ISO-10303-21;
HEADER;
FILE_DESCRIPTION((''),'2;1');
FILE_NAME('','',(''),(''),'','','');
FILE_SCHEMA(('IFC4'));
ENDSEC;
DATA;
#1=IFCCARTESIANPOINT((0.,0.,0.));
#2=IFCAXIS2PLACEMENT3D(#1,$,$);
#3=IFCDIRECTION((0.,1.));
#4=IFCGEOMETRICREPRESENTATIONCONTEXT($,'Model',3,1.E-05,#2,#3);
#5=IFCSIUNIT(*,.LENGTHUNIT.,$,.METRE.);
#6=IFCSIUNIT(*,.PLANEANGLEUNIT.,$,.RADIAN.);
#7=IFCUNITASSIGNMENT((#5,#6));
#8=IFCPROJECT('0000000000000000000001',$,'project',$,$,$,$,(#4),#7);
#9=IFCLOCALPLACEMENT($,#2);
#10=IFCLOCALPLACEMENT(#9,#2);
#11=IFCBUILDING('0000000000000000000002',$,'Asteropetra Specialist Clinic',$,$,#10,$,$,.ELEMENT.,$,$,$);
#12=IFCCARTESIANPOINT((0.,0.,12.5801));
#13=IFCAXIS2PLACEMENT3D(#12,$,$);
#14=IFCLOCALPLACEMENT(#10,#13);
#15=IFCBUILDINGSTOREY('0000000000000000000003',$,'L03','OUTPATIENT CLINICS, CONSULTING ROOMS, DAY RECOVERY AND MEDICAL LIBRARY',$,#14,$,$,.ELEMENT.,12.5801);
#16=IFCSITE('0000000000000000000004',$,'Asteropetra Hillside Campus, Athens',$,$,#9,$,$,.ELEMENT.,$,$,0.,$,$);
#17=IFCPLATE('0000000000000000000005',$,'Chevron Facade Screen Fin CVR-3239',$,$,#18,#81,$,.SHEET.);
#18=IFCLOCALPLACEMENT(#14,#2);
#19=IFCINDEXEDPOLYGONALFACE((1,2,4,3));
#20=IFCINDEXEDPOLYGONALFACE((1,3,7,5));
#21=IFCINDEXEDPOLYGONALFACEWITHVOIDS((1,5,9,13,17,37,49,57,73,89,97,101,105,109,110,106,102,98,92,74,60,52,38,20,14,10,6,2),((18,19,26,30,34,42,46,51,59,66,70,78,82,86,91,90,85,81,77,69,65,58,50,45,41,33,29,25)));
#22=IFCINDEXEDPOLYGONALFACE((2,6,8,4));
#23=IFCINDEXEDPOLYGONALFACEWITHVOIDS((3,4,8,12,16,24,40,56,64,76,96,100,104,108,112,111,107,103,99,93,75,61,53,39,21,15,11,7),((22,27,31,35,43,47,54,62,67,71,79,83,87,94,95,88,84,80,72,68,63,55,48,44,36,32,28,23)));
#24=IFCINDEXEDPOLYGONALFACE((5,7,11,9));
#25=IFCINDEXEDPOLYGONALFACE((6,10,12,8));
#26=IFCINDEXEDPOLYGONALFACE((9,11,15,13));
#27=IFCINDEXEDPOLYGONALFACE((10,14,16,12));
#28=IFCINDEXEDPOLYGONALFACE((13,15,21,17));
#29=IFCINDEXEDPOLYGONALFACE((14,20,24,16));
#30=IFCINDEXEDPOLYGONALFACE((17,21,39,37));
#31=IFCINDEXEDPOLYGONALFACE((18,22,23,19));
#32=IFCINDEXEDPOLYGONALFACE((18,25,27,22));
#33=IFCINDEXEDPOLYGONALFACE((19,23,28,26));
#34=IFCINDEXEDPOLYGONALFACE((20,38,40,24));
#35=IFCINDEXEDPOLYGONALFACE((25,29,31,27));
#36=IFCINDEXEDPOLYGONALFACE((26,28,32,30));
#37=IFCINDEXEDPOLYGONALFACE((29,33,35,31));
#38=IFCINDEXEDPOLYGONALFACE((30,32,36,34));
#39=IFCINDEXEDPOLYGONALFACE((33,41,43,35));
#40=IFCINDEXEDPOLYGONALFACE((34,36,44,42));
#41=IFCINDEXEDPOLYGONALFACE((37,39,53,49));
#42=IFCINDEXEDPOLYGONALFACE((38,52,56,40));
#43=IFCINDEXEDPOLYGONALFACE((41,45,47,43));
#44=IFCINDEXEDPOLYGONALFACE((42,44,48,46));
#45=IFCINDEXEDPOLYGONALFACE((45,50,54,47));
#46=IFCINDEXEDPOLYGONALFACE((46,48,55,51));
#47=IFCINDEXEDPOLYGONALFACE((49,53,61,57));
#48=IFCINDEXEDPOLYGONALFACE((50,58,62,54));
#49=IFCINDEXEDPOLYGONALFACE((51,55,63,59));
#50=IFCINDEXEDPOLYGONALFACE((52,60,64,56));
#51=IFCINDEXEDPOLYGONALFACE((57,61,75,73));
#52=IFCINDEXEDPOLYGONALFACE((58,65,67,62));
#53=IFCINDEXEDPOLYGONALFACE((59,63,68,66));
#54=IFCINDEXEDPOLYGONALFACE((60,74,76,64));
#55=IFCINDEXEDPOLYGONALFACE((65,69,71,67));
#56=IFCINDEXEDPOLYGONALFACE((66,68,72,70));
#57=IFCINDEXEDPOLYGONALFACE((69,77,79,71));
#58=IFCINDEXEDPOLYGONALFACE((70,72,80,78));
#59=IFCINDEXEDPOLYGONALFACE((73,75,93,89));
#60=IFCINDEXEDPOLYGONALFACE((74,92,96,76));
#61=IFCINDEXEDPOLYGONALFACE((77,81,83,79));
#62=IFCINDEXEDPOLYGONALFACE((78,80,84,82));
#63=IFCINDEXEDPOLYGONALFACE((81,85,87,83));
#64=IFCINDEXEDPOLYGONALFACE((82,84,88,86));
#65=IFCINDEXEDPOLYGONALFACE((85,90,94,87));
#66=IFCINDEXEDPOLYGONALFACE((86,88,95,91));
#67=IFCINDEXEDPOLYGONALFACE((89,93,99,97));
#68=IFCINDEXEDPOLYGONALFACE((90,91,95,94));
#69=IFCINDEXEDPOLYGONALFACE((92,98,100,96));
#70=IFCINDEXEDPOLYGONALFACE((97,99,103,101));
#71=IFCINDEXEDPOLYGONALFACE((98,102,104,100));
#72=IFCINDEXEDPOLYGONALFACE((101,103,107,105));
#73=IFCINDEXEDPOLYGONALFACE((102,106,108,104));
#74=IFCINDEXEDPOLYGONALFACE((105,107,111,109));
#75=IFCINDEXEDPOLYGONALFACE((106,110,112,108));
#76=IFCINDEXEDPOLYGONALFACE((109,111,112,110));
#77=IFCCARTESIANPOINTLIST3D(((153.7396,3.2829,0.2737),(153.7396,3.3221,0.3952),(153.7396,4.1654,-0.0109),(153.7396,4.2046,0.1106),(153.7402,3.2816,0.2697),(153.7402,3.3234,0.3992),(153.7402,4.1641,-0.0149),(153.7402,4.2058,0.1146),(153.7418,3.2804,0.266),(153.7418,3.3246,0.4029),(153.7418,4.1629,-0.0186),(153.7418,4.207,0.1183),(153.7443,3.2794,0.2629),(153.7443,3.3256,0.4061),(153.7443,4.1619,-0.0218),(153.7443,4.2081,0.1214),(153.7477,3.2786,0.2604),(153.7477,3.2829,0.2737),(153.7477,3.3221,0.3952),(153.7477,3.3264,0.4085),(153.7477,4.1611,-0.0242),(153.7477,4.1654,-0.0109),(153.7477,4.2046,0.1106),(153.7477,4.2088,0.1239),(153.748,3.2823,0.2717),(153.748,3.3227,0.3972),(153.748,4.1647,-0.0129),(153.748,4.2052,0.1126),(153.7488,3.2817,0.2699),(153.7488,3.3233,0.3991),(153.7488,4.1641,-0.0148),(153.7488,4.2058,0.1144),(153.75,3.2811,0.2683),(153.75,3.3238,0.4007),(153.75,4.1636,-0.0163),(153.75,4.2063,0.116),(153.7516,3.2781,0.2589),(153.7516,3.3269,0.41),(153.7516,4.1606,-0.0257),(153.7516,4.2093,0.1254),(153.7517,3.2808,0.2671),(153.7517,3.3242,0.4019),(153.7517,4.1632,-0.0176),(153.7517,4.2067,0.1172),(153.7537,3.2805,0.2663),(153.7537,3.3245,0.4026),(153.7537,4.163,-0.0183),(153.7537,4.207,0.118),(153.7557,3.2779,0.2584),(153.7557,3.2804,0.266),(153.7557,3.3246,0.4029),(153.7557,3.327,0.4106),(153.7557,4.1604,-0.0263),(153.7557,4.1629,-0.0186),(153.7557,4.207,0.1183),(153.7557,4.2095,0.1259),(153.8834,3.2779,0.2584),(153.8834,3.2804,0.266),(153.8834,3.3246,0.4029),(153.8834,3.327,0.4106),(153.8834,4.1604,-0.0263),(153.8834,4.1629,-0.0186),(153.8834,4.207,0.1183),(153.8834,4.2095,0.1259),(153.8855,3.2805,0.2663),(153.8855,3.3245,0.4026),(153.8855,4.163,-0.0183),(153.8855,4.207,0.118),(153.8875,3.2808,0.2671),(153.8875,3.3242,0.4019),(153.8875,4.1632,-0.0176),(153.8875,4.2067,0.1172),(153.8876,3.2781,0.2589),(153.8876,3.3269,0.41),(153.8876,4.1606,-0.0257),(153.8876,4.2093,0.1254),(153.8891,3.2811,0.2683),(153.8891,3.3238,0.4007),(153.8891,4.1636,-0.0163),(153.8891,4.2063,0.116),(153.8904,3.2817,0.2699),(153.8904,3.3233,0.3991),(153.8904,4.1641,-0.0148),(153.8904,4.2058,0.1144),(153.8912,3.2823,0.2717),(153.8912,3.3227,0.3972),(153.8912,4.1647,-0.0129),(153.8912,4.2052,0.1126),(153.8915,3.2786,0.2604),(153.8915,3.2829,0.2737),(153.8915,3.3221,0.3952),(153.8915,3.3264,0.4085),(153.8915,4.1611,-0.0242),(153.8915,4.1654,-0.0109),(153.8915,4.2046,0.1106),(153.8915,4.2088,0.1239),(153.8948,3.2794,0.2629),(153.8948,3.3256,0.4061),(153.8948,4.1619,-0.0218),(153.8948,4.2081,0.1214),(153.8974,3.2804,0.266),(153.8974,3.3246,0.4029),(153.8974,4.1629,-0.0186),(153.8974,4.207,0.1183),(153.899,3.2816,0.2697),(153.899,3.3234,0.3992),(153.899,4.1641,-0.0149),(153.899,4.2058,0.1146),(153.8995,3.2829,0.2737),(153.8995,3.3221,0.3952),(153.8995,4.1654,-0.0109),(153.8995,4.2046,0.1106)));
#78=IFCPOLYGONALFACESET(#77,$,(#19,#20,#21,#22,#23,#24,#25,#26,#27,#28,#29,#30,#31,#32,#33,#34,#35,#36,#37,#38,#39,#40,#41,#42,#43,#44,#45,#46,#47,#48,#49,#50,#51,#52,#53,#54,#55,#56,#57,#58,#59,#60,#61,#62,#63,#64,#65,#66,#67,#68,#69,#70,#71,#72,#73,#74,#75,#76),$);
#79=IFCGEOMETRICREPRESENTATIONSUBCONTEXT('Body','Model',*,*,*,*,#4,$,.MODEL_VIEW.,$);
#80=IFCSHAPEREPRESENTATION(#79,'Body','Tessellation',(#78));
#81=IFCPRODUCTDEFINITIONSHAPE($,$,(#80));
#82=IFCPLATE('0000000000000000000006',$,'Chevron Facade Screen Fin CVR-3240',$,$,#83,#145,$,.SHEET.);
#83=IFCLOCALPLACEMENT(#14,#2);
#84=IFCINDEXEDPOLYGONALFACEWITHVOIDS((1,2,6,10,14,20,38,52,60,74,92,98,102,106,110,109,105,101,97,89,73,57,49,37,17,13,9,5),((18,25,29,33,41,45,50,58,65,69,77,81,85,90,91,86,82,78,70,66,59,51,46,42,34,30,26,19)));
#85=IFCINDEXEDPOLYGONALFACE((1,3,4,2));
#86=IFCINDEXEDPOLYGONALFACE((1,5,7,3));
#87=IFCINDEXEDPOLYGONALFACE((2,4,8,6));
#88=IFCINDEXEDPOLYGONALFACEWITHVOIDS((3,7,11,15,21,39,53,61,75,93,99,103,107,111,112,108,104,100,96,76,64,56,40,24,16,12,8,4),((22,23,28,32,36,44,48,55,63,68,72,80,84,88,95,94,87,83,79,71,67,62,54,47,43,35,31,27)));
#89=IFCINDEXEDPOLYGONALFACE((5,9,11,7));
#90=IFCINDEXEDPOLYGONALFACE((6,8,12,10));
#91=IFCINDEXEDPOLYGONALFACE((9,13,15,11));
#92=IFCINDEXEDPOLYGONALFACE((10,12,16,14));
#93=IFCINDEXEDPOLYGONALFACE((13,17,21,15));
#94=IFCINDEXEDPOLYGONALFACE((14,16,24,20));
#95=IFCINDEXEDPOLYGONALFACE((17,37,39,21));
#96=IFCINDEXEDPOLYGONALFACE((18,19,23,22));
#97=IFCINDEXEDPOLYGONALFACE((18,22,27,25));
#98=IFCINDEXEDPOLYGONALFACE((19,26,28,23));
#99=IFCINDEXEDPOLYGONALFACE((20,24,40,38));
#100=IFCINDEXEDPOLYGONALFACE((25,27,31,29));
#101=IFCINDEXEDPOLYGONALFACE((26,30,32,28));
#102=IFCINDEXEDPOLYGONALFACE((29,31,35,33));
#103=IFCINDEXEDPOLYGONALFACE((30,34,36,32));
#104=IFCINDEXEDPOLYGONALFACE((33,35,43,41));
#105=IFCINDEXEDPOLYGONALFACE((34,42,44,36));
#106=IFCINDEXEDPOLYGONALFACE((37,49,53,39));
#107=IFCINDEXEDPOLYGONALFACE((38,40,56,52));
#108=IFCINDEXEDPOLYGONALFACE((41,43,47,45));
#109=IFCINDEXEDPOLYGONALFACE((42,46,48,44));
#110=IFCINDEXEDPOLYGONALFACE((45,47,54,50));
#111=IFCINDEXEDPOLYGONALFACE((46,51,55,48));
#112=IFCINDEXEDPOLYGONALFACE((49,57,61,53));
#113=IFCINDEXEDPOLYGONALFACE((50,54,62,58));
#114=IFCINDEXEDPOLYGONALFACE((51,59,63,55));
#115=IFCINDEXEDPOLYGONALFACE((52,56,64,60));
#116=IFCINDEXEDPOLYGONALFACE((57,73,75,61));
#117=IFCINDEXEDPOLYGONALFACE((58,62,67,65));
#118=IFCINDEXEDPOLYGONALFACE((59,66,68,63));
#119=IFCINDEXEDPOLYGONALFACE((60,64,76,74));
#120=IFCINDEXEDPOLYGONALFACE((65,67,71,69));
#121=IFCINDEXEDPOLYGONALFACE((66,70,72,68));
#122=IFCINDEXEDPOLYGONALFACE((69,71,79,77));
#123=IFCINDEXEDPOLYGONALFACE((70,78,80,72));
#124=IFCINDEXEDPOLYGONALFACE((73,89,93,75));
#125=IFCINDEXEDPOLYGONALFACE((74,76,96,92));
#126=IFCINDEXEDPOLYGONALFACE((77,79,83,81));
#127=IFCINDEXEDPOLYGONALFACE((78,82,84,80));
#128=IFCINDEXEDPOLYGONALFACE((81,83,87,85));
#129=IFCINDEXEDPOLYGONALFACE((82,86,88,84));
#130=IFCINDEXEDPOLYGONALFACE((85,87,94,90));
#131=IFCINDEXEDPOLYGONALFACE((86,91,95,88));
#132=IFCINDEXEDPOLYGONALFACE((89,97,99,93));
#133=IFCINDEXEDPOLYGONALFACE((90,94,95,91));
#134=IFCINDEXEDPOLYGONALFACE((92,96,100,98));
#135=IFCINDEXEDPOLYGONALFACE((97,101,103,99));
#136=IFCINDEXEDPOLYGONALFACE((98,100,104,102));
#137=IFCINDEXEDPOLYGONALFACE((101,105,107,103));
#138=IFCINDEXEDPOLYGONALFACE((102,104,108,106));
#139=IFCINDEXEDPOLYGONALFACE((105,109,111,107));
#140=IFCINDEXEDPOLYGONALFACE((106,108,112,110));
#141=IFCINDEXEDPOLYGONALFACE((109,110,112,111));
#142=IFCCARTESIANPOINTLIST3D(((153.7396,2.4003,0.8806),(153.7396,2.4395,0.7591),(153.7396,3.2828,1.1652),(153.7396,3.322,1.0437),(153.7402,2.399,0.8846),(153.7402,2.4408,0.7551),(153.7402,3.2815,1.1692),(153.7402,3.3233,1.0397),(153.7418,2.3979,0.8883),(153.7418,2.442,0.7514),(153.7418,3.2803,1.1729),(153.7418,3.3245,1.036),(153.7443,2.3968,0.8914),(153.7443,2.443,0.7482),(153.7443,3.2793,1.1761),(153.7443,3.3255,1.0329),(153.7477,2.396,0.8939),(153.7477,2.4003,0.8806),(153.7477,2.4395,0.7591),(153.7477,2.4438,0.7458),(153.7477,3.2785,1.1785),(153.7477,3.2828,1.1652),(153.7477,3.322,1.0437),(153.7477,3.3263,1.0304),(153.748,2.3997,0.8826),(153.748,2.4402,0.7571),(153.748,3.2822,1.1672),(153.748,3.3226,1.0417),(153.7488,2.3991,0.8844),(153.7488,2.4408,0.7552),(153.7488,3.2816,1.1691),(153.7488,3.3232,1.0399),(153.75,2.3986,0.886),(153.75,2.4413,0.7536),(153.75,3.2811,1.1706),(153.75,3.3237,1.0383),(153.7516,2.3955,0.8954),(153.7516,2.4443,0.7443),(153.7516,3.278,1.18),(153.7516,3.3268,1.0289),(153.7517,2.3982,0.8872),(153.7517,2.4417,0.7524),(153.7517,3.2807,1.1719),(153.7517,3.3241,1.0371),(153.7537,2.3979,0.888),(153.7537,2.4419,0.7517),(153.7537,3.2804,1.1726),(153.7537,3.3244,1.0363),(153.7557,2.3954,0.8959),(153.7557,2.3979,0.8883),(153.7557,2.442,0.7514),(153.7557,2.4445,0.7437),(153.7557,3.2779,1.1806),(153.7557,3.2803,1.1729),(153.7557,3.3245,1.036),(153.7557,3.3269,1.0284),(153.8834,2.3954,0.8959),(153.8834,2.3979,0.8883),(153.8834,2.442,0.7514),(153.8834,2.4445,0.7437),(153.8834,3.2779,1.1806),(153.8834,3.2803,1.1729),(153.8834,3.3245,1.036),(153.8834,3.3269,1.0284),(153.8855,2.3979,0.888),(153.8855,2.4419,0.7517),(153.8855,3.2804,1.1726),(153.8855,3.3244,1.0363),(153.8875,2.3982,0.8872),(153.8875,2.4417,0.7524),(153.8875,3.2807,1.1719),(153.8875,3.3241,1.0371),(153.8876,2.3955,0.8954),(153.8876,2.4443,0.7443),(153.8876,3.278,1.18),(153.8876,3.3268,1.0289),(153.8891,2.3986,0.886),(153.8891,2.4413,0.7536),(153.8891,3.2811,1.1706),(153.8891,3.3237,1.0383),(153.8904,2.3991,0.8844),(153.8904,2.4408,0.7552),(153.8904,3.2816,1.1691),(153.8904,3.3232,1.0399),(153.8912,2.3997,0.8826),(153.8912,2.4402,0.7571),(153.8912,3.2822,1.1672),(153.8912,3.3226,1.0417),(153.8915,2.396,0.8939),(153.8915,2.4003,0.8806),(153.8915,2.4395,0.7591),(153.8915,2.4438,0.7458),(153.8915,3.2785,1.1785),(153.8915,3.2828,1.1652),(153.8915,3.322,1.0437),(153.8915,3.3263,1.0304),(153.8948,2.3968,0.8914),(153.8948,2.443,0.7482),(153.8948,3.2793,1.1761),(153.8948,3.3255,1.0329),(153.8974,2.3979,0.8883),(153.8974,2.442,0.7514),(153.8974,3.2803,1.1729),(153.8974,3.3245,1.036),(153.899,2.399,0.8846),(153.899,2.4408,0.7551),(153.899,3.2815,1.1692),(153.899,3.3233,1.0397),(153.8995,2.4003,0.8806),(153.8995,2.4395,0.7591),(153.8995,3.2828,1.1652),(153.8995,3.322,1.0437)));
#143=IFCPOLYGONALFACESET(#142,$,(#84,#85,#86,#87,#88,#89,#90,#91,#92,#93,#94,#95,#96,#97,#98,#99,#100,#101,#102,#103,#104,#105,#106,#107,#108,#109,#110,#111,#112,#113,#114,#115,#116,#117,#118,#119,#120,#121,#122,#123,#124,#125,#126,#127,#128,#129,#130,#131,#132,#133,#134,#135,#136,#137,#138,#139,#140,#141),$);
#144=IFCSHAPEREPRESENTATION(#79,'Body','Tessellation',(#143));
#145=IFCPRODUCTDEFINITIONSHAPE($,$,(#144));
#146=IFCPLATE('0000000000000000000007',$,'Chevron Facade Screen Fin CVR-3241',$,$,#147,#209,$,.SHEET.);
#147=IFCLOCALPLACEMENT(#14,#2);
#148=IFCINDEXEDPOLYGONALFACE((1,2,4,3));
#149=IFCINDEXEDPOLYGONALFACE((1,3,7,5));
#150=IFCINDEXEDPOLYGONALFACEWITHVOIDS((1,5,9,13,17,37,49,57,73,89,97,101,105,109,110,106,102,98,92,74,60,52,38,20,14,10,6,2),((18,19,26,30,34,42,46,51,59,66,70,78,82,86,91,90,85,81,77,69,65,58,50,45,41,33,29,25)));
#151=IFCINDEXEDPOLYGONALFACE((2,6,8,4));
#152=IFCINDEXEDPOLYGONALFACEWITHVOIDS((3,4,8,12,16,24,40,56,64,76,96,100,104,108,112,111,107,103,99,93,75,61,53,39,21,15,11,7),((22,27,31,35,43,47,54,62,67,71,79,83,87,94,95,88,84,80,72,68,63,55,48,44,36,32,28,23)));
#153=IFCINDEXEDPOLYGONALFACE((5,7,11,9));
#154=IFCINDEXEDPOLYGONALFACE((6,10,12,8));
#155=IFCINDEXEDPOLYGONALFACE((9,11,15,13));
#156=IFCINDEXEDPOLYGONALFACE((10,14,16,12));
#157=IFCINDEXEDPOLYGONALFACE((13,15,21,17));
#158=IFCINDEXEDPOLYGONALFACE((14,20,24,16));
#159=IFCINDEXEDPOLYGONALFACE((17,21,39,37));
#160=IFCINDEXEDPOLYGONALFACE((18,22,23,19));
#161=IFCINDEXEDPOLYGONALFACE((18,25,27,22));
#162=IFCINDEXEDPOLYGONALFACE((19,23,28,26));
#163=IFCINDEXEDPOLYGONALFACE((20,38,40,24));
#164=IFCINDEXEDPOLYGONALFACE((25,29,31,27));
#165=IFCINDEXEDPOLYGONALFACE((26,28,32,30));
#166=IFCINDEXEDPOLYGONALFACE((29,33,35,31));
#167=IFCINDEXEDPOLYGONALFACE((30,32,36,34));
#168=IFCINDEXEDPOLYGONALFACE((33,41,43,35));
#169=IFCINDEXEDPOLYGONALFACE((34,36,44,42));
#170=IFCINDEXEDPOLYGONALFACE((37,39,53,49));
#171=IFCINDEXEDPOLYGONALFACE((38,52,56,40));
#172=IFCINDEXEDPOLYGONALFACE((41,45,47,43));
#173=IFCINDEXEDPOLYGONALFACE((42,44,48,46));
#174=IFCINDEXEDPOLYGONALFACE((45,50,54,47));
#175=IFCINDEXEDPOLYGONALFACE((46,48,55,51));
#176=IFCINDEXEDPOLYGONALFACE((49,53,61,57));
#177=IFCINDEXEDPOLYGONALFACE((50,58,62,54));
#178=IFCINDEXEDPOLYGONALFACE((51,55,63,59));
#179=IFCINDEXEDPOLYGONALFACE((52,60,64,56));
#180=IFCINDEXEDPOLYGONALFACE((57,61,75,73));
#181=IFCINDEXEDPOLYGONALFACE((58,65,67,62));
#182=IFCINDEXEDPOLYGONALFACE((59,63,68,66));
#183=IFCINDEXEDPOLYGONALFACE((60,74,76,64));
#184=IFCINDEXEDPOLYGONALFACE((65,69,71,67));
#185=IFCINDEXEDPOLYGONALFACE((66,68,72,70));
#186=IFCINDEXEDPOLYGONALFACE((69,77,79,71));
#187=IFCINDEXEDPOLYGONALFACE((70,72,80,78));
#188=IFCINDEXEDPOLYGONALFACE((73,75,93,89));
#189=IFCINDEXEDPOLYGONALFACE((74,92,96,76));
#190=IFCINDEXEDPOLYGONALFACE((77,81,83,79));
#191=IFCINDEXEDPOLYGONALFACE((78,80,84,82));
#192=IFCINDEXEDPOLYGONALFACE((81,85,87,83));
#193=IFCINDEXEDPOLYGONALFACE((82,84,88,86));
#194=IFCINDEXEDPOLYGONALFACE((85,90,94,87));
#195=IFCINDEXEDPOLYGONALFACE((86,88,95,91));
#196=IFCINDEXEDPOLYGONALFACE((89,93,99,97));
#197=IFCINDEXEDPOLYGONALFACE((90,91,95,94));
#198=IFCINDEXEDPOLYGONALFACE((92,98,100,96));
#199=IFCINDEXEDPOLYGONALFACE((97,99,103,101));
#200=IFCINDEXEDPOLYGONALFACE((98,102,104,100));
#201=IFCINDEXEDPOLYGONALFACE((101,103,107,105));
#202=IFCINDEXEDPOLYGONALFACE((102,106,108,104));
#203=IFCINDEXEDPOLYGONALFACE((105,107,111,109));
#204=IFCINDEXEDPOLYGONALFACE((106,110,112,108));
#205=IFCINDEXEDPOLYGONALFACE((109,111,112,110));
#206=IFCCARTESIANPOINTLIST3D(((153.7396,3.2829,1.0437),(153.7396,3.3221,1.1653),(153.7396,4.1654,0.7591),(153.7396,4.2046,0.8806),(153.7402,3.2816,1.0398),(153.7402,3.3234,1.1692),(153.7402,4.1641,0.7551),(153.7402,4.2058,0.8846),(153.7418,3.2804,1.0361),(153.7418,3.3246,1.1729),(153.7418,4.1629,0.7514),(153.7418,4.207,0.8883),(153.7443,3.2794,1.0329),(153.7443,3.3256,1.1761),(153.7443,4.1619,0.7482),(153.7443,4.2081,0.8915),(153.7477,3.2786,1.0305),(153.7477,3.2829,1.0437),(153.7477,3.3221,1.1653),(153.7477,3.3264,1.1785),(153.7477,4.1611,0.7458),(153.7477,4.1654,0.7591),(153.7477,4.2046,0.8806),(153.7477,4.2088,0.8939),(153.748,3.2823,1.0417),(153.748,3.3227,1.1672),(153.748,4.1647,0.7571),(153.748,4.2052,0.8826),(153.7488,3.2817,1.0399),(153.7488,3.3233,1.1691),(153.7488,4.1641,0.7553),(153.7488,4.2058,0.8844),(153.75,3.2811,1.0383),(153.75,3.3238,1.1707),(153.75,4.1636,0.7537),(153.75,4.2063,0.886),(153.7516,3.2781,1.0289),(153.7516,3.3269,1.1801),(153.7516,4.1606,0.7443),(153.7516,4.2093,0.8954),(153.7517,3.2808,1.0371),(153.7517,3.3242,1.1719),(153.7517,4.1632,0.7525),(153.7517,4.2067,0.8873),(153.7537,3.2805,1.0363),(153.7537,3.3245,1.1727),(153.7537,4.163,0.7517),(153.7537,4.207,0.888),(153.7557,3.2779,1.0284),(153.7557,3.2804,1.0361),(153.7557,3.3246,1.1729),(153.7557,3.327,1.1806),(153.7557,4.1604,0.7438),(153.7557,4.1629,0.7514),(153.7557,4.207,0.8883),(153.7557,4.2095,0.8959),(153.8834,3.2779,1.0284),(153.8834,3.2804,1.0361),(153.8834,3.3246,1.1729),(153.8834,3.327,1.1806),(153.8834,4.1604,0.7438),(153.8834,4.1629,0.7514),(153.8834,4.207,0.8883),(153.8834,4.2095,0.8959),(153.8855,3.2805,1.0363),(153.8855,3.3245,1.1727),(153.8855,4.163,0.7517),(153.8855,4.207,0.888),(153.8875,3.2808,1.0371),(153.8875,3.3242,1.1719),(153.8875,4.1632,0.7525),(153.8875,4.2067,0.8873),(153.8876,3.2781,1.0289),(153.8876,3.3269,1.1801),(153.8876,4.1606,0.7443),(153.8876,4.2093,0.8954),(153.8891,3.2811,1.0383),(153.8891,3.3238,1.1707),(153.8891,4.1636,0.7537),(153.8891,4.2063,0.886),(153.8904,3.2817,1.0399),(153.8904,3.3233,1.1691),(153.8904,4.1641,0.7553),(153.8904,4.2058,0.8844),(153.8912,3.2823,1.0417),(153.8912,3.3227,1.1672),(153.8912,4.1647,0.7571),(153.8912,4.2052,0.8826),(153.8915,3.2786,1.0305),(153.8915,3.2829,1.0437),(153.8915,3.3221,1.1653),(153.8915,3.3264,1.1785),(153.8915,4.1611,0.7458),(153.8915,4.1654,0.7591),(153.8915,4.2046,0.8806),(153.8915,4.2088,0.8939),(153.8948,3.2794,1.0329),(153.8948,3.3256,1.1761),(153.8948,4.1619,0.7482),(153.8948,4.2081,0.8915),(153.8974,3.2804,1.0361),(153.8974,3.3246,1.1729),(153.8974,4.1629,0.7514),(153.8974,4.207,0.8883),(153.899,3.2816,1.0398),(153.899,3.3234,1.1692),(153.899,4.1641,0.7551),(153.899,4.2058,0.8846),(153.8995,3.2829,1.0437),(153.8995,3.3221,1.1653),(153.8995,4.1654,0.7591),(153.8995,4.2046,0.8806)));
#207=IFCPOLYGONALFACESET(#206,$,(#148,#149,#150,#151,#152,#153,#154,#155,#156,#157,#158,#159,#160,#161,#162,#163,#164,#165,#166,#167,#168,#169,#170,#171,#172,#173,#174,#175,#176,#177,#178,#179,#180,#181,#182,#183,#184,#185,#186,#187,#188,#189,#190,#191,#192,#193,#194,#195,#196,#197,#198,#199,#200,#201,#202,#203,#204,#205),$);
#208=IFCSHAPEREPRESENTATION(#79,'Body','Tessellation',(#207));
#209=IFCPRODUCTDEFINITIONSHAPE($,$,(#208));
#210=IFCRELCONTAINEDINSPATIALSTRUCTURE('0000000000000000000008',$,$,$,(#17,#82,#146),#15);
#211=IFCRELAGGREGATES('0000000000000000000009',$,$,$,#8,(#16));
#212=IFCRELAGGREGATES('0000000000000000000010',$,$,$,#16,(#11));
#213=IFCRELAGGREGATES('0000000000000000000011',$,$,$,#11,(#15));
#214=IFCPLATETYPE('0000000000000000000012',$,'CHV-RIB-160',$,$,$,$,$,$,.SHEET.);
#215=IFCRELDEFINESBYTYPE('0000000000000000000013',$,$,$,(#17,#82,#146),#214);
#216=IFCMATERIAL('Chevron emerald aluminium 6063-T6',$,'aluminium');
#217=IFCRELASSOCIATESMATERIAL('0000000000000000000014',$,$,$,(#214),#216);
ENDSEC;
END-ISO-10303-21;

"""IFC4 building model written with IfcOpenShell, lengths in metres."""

from ifc_helpers import new_model, si_unit, direction, frame, origin, origin_2d, place, context, subcontext, project, spatial, hollow_rectangle, extrude, material, material_profile, profile_set, type_object, element, save


model = new_model("IFC4")

# Units and contexts
model_context = context("Model", 3, precision=1e-05, world=origin(), true_north=direction((0.0, 1.0)))
body_context = subcontext(model_context, "Body", "Model", "MODEL_VIEW")
ifc_project = project(units=[si_unit("LENGTHUNIT", "METRE"), si_unit("PLANEANGLEUNIT", "RADIAN")], contexts=[model_context])

# Site, building, storey
site_placement = place(None, origin())
site = spatial("IfcSite", under=ifc_project, at=site_placement, Name="Asteropetra Hillside Campus, Athens", CompositionType="ELEMENT", RefElevation=0.0)
building_placement = place(site_placement, origin())
building = spatial("IfcBuilding", under=site, at=building_placement, Name="Asteropetra Specialist Clinic", CompositionType="ELEMENT")
storey_placement = place(building_placement, frame((0.0, 0.0, 12.5801)))
storey = spatial("IfcBuildingStorey", under=building, at=storey_placement, Name="L03", Description="OUTPATIENT CLINICS, CONSULTING ROOMS, DAY RECOVERY AND MEDICAL LIBRARY", CompositionType="ELEMENT", Elevation=12.5801)

# Plates
ifc_material_1 = material(Name="Chevron emerald aluminium 6063-T6", Category="aluminium")
ifc_material_profile = material_profile(ifc_material_1, hollow_rectangle(XDim=0.1599, YDim=0.1599, WallThickness=0.0081, InnerFilletRadius=0.0081, OuterFilletRadius=0.0161, at=origin_2d()), Name="SHS 160x160x8.0")
ifc_profile_set = profile_set([ifc_material_profile], Name="Chevron emerald aluminium 6063-T6")
plate_type_1 = type_object("IfcPlateType", Name="CHV-RIB-160", PredefinedType="SHEET", material=ifc_profile_set)
for number, where, z_axis, x_axis, name in (
    (1, (153.8196, 3.3025, 0.3345), (0.0, 0.951719, -0.306972), (-1.0, 0.0, 0.0), "Chevron Facade Screen Fin CVR-3239"),
    (2, (153.8196, 2.4199, 0.8198), (0.0, 0.951719, 0.306972), (-1.0, 0.0, 0.0), "Chevron Facade Screen Fin CVR-3240"),
    (3, (153.8196, 3.3025, 1.1045), (0.0, 0.951719, -0.306972), (-1.0, 0.0, 0.0), "Chevron Facade Screen Fin CVR-3241"),
):
    element("IfcPlate", number, at=place(storey_placement, frame(where, z_axis=z_axis, x_axis=x_axis)), inside=storey, type_object=plate_type_1, Name=name, PredefinedType="SHEET", context=body_context, shape_type="SweptSolid", body=[
        extrude(hollow_rectangle(XDim=0.1599, YDim=0.1599, WallThickness=0.0081, InnerFilletRadius=0.0081, OuterFilletRadius=0.0161, at=origin_2d()), origin(), (0.0, 0.0, 1.0), 0.9272),
    ])

save(model, "model.ifc")
